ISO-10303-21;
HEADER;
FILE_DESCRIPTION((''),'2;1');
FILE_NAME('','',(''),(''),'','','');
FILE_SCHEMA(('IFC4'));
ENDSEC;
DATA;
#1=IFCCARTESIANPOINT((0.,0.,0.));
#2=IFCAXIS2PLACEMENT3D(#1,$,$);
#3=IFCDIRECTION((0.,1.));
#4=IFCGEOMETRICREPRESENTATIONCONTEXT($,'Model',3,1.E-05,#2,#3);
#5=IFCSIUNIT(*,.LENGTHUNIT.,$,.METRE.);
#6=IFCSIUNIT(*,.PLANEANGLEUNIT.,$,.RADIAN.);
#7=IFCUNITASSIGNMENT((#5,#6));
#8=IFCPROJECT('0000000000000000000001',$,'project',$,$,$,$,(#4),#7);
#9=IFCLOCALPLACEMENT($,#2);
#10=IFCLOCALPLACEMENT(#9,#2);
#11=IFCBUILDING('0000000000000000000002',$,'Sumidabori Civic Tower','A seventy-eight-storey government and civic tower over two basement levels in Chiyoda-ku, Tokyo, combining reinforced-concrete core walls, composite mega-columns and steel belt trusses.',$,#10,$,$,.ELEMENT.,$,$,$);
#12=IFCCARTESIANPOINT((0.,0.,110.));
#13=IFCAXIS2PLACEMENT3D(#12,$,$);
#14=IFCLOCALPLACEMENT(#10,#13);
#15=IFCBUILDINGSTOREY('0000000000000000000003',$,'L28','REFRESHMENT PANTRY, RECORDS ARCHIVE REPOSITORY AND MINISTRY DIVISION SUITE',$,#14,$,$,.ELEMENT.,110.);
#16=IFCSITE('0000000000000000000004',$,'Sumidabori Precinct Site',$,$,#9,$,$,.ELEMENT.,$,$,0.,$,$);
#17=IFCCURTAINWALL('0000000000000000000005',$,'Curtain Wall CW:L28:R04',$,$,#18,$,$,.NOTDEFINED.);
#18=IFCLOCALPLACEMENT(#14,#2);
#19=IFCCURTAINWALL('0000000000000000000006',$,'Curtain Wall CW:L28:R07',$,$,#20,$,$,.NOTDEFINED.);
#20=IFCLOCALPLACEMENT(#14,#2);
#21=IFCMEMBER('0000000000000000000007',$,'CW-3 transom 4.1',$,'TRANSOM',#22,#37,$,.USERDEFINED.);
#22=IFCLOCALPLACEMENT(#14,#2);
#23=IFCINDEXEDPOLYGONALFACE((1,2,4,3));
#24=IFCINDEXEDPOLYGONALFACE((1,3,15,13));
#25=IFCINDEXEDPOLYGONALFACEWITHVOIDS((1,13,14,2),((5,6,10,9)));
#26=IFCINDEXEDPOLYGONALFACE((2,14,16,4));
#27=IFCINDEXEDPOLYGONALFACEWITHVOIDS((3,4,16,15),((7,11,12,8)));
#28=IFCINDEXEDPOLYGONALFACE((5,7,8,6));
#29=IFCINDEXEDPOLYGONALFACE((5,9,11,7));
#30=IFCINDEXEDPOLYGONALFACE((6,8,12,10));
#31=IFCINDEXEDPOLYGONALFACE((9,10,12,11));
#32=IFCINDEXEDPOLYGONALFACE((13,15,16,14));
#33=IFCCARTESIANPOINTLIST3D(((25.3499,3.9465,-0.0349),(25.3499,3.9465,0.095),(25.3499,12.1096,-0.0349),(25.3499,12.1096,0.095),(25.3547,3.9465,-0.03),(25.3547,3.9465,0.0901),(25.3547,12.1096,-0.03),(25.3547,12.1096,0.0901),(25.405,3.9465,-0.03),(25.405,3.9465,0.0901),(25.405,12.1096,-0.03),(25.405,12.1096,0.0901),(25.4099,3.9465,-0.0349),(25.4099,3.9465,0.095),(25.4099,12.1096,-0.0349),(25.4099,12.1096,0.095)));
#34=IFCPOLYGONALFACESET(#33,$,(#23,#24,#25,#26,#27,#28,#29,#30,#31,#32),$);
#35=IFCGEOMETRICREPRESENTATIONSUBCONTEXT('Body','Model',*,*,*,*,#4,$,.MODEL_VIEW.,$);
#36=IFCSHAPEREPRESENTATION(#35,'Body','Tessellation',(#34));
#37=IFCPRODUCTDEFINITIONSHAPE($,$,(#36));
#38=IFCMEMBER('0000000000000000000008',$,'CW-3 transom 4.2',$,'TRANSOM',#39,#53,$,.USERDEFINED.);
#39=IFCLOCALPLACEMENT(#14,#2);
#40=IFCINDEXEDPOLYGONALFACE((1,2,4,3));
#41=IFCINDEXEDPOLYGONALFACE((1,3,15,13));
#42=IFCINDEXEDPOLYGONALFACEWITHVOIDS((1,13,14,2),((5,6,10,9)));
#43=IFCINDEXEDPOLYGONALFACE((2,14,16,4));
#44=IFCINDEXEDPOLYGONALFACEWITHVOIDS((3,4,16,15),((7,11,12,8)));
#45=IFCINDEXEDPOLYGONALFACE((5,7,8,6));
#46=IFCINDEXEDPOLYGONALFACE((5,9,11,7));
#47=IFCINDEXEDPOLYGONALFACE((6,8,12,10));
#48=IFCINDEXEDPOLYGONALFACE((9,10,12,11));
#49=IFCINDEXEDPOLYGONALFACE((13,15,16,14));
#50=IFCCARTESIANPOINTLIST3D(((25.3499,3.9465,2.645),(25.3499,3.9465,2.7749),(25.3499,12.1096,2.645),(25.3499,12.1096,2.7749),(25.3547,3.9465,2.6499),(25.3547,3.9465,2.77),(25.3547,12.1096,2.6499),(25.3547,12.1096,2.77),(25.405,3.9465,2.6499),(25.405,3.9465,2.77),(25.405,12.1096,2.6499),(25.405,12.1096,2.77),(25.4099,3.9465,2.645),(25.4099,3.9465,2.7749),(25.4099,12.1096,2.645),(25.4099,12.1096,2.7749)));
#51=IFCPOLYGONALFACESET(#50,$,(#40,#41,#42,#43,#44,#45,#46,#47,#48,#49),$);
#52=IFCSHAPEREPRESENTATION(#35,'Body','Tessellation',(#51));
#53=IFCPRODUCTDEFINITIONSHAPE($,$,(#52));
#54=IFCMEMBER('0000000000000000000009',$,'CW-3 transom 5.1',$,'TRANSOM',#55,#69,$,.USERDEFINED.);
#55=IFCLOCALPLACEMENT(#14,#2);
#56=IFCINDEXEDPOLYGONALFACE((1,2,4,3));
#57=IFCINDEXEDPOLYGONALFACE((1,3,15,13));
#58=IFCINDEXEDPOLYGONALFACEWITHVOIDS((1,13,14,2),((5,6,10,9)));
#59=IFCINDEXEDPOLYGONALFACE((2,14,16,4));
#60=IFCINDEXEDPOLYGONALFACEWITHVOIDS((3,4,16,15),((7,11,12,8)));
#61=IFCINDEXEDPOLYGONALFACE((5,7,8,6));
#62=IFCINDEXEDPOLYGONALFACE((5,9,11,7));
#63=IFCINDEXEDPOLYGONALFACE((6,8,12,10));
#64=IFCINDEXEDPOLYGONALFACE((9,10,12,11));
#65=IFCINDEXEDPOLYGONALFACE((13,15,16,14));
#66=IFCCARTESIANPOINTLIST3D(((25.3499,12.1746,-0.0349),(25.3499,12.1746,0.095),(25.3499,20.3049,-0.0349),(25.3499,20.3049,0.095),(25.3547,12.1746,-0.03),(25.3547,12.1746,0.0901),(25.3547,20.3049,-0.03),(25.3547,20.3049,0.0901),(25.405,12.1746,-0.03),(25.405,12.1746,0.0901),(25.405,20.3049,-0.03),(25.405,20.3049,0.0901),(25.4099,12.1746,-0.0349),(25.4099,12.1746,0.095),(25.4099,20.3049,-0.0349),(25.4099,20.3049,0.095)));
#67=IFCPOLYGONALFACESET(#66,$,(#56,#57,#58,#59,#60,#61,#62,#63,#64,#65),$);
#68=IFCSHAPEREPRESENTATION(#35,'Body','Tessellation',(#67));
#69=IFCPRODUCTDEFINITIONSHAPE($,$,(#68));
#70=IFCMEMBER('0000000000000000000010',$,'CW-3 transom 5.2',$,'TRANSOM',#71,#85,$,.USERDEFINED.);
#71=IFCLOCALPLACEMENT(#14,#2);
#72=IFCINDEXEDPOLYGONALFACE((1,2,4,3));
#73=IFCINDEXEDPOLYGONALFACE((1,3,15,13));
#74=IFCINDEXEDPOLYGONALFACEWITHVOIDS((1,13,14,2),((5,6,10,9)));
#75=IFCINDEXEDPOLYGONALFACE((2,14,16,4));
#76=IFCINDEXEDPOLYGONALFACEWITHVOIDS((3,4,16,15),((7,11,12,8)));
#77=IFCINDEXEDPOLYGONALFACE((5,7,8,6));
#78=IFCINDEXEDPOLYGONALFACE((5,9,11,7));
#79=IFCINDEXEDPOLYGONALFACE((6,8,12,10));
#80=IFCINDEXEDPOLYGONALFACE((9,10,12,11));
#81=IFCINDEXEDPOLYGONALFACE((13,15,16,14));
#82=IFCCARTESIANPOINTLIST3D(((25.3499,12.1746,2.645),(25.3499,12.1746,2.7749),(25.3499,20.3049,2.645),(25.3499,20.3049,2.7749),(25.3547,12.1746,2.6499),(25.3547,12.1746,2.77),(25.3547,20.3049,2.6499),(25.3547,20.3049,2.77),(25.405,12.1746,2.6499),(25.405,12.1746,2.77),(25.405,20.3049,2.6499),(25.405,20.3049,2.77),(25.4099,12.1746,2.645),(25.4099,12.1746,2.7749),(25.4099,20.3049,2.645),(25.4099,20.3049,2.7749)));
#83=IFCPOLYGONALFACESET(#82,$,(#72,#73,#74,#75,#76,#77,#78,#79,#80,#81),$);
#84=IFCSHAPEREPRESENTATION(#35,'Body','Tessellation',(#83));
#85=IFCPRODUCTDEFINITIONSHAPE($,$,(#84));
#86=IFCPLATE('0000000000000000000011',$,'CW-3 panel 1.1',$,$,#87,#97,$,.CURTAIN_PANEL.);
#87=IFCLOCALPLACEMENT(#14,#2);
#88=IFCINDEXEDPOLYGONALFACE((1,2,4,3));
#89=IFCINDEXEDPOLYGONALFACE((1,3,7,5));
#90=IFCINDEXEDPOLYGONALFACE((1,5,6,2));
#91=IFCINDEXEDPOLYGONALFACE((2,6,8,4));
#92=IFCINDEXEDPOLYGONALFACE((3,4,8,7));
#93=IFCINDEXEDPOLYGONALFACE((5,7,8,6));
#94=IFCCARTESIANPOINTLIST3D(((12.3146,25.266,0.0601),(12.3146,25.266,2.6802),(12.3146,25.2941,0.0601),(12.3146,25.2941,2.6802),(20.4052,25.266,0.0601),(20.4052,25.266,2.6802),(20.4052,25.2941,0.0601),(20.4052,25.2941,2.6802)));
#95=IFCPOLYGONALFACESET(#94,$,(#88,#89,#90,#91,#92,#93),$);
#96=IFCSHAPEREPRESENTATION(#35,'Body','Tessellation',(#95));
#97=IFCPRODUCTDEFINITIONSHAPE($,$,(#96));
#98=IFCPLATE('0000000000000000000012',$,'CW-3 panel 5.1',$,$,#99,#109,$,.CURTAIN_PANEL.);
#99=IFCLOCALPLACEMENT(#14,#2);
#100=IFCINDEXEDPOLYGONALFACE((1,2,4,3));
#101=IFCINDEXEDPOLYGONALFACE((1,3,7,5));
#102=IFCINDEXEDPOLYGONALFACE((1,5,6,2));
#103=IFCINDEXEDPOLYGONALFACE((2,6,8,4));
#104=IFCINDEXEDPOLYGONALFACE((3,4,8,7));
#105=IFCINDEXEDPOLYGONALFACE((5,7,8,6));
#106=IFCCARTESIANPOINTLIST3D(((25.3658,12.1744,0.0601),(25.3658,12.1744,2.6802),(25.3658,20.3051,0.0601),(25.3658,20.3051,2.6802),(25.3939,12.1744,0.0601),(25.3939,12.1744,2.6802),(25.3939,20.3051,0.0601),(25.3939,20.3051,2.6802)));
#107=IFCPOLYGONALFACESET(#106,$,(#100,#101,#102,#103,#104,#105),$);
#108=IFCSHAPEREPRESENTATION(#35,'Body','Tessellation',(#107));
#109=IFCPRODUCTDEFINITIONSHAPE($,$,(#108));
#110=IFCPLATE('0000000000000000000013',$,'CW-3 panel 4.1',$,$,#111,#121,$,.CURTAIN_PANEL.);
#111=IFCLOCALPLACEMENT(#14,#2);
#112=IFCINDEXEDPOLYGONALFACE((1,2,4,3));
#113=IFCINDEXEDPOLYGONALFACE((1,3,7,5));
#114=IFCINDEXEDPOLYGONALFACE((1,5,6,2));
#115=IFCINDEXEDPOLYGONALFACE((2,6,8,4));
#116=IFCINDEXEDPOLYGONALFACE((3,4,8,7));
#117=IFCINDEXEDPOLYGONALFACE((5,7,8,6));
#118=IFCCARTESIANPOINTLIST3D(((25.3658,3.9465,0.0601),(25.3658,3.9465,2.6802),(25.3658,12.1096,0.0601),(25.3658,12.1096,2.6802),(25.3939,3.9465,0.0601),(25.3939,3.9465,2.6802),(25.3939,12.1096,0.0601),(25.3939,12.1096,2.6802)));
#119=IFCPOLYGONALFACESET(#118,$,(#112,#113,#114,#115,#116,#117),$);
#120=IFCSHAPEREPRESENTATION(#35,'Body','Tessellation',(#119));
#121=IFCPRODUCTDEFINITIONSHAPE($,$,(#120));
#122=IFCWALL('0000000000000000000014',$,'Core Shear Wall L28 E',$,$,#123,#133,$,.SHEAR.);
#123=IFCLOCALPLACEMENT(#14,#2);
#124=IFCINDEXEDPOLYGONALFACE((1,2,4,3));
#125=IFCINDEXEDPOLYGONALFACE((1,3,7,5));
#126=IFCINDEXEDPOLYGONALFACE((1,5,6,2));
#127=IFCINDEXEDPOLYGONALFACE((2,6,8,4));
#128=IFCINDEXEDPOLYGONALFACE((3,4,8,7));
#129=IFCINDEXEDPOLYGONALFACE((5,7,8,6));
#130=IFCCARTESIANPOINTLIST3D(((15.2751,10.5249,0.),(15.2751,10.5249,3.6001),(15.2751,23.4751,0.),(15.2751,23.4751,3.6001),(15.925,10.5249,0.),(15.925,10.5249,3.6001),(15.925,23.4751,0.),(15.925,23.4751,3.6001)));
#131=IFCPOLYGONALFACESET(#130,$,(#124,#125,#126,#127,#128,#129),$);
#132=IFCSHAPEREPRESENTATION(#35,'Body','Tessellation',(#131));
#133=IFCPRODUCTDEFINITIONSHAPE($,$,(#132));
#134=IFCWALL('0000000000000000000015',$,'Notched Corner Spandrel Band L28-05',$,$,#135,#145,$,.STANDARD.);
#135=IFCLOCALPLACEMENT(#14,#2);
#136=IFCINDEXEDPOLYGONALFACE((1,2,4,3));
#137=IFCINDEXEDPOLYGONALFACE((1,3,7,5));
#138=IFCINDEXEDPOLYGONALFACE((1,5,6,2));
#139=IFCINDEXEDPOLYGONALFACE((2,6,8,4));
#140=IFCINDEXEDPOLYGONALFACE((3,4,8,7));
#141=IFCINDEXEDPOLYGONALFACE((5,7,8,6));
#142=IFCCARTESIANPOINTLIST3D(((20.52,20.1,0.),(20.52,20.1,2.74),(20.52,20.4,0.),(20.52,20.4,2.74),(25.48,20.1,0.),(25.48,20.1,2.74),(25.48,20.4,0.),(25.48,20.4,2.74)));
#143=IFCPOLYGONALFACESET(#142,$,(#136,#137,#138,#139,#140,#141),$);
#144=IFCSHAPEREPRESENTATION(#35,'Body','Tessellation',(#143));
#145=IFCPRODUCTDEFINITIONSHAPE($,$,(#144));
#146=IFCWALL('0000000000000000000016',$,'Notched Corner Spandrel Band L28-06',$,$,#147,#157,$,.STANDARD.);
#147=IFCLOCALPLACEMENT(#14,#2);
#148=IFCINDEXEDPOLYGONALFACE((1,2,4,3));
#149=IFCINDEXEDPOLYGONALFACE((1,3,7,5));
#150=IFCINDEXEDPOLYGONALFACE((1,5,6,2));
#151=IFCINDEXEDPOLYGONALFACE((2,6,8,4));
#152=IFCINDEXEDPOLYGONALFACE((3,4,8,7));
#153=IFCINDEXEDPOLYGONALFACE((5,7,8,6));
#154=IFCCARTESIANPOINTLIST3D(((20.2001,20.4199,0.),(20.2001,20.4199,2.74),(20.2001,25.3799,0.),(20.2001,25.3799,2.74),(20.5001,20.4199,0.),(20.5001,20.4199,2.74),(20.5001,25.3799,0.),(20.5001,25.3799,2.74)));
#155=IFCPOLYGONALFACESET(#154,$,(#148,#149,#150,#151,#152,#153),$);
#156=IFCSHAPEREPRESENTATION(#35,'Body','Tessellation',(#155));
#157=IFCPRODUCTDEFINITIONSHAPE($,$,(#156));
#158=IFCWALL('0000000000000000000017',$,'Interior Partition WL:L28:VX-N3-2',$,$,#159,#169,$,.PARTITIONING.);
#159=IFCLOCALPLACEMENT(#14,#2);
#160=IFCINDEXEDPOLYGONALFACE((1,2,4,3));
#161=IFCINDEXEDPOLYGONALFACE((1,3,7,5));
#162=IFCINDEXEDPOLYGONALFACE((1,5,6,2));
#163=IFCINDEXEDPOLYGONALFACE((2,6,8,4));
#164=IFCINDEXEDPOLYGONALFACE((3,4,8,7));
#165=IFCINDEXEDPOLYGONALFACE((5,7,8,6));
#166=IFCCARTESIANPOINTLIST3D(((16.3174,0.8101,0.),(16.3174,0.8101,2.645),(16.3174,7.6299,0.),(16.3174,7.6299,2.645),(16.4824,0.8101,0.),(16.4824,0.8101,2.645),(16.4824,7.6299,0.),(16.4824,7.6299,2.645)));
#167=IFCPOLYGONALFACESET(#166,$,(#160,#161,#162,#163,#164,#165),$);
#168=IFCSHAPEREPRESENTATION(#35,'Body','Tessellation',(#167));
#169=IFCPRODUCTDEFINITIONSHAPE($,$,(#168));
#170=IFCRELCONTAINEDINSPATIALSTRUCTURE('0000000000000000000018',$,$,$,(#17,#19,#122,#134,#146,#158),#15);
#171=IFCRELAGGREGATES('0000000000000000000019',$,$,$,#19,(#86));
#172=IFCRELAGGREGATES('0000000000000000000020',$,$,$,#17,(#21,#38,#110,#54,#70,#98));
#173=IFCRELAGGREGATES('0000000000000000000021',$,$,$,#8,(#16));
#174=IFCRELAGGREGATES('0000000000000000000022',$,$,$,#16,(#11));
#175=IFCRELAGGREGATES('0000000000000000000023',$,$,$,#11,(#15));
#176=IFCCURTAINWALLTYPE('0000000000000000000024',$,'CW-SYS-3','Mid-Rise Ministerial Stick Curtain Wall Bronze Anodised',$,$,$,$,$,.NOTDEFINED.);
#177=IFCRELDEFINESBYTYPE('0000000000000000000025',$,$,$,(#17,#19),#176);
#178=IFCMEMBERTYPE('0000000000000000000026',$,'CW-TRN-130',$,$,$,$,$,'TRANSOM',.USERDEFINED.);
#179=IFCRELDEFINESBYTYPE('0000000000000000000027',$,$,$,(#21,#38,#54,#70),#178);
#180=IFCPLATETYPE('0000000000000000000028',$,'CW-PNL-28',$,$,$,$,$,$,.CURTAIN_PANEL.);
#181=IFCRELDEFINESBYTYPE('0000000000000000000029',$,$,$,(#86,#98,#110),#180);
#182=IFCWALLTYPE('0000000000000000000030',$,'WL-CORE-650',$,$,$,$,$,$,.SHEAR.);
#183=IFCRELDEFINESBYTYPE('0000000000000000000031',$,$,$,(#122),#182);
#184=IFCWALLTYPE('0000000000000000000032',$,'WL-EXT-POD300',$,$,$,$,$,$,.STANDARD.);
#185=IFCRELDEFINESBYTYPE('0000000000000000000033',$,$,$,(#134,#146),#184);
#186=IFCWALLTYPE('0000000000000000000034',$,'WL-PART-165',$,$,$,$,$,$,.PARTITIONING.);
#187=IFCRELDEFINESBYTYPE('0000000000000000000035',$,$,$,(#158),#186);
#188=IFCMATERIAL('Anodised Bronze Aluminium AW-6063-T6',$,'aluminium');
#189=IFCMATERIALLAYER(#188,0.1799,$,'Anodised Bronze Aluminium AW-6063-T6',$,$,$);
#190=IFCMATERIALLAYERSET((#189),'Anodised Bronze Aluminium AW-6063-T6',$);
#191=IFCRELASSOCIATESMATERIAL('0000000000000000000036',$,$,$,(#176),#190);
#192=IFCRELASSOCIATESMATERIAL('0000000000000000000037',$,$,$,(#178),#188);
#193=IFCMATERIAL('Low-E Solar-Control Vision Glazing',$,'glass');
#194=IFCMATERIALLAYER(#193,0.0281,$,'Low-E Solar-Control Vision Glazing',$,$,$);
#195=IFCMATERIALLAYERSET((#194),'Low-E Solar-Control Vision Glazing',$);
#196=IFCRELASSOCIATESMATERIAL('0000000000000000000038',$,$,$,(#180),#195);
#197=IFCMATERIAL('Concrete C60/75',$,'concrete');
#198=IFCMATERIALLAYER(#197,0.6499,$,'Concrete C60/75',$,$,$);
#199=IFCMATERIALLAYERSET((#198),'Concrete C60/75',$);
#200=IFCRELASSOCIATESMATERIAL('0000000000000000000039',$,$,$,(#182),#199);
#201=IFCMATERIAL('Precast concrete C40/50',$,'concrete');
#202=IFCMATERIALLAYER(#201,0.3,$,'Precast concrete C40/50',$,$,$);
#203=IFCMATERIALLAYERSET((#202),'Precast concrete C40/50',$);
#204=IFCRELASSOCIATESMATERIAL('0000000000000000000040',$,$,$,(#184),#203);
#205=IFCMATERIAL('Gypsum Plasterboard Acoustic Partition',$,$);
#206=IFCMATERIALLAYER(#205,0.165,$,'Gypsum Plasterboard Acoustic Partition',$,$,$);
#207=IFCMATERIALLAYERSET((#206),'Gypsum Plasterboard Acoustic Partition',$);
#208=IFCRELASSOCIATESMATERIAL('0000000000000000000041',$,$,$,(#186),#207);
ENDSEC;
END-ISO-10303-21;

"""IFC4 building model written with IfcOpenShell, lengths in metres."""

from ifc_helpers import new_model, si_unit, direction, frame, frame_2d, origin, origin_2d, place, context, subcontext, project, spatial, rectangle, hollow_rectangle, extrude, source, transform, mapped, material, layer, layer_set, material_profile, profile_set, type_object, element, aggregate, save


model = new_model("IFC4")

# Units and contexts
model_context = context("Model", 3, precision=1e-05, world=origin(), true_north=direction((0.0, 1.0)))
body_context = subcontext(model_context, "Body", "Model", "MODEL_VIEW")
ifc_project = project(units=[si_unit("LENGTHUNIT", "METRE"), si_unit("PLANEANGLEUNIT", "RADIAN")], contexts=[model_context])

# Site, building, storey
site_placement = place(None, origin())
site = spatial("IfcSite", under=ifc_project, at=site_placement, Name="Sumidabori Precinct Site", CompositionType="ELEMENT", RefElevation=0.0)
building_placement = place(site_placement, origin())
building = spatial("IfcBuilding", under=site, at=building_placement, Name="Sumidabori Civic Tower", Description="A seventy-eight-storey government and civic tower over two basement levels in Chiyoda-ku, Tokyo, combining reinforced-concrete core walls, composite mega-columns and steel belt trusses.", CompositionType="ELEMENT")
storey_placement = place(building_placement, frame((0.0, 0.0, 110.0)))
storey = spatial("IfcBuildingStorey", under=building, at=storey_placement, Name="L28", Description="REFRESHMENT PANTRY, RECORDS ARCHIVE REPOSITORY AND MINISTRY DIVISION SUITE", CompositionType="ELEMENT", Elevation=110.0)

# Shared definitions
ifc_material_1 = material(Name="Concrete C60/75", Category="concrete")

# Curtain walls
ifc_material_2 = material(Name="Anodised Bronze Aluminium AW-6063-T6", Category="aluminium")
ifc_layer_1 = layer(ifc_material_2, 0.1799, Name="Anodised Bronze Aluminium AW-6063-T6")
ifc_layer_set_1 = layer_set([ifc_layer_1], Name="Anodised Bronze Aluminium AW-6063-T6")
curtain_wall_type = type_object("IfcCurtainWallType", Name="CW-SYS-3", Description="Mid-Rise Ministerial Stick Curtain Wall Bronze Anodised", PredefinedType="NOTDEFINED", material=ifc_layer_set_1)
curtain_wall_1_placement = place(storey_placement, origin())
curtain_wall_1 = element("IfcCurtainWall", 1, at=curtain_wall_1_placement, inside=storey, type_object=curtain_wall_type, Name="Curtain Wall CW:L28:R04", PredefinedType="NOTDEFINED")
curtain_wall_2_placement = place(storey_placement, origin())
curtain_wall_2 = element("IfcCurtainWall", 2, at=curtain_wall_2_placement, inside=storey, type_object=curtain_wall_type, Name="Curtain Wall CW:L28:R07", PredefinedType="NOTDEFINED")
ifc_material_profile_1 = material_profile(ifc_material_2, hollow_rectangle(XDim=0.0601, YDim=0.1299, WallThickness=0.0049, at=origin_2d()), Name="ALU TRANSOM 130x60")
ifc_profile_set_1 = profile_set([ifc_material_profile_1], Name="Anodised Bronze Aluminium AW-6063-T6")
member_type_1 = type_object("IfcMemberType", Name="CW-TRN-130", ElementType="TRANSOM", PredefinedType="USERDEFINED", material=ifc_profile_set_1)

# Members
shared_shape_1 = source(origin(), body_context, "Body", "SweptSolid", [
    extrude(hollow_rectangle(XDim=0.0601, YDim=0.1299, WallThickness=0.0049, at=origin_2d()), origin(), (0.0, 0.0, 1.0), 8.1631),
])
member_1_placement = place(storey_placement, frame((25.3799, 3.9465, 0.03), z_axis=(0.0, 1.0, 0.0), x_axis=(-1.0, 0.0, 0.0)))
member_1 = element("IfcMember", 3, at=member_1_placement, type_object=member_type_1, Name="CW-3 transom 4.1", ObjectType="TRANSOM", PredefinedType="USERDEFINED", context=body_context, shape_type="MappedRepresentation", body=[
    mapped(shared_shape_1, transform((0.0, 0.0, 0.0), x_axis=(1.0, 0.0, 0.0), y_axis=(0.0, 1.0, 0.0), z_axis=(0.0, 0.0, 1.0), scale=1.0)),
])
member_2_placement = place(storey_placement, frame((25.3799, 3.9465, 2.71), z_axis=(0.0, 1.0, 0.0), x_axis=(-1.0, 0.0, 0.0)))
member_2 = element("IfcMember", 4, at=member_2_placement, type_object=member_type_1, Name="CW-3 transom 4.2", ObjectType="TRANSOM", PredefinedType="USERDEFINED", context=body_context, shape_type="MappedRepresentation", body=[
    mapped(shared_shape_1, transform((0.0, 0.0, 0.0), x_axis=(1.0, 0.0, 0.0), y_axis=(0.0, 1.0, 0.0), z_axis=(0.0, 0.0, 1.0), scale=1.0)),
])
shared_shape_2 = source(origin(), body_context, "Body", "SweptSolid", [
    extrude(hollow_rectangle(XDim=0.0601, YDim=0.1299, WallThickness=0.0049, at=origin_2d()), origin(), (0.0, 0.0, 1.0), 8.1304),
])
member_3_placement = place(storey_placement, frame((25.3799, 12.1746, 0.03), z_axis=(0.0, 1.0, 0.0), x_axis=(-1.0, 0.0, 0.0)))
member_3 = element("IfcMember", 5, at=member_3_placement, type_object=member_type_1, Name="CW-3 transom 5.1", ObjectType="TRANSOM", PredefinedType="USERDEFINED", context=body_context, shape_type="MappedRepresentation", body=[
    mapped(shared_shape_2, transform((0.0, 0.0, 0.0), x_axis=(1.0, 0.0, 0.0), y_axis=(0.0, 1.0, 0.0), z_axis=(0.0, 0.0, 1.0), scale=1.0)),
])
member_4_placement = place(storey_placement, frame((25.3799, 12.1746, 2.71), z_axis=(0.0, 1.0, 0.0), x_axis=(-1.0, 0.0, 0.0)))
member_4 = element("IfcMember", 6, at=member_4_placement, type_object=member_type_1, Name="CW-3 transom 5.2", ObjectType="TRANSOM", PredefinedType="USERDEFINED", context=body_context, shape_type="MappedRepresentation", body=[
    mapped(shared_shape_2, transform((0.0, 0.0, 0.0), x_axis=(1.0, 0.0, 0.0), y_axis=(0.0, 1.0, 0.0), z_axis=(0.0, 0.0, 1.0), scale=1.0)),
])

# Plates
ifc_material_3 = material(Name="Low-E Solar-Control Vision Glazing", Category="glass")
ifc_layer_2 = layer(ifc_material_3, 0.0281, Name="Low-E Solar-Control Vision Glazing")
ifc_layer_set_2 = layer_set([ifc_layer_2], Name="Low-E Solar-Control Vision Glazing")
plate_type = type_object("IfcPlateType", Name="CW-PNL-28", PredefinedType="CURTAIN_PANEL", material=ifc_layer_set_2)
shared_shape_3 = source(origin(), body_context, "Body", "SweptSolid", [
    extrude(rectangle(XDim=8.0906, YDim=0.0281, at=origin_2d()), origin(), (0.0, 0.0, 1.0), 2.6201),
])
plate_1_placement = place(storey_placement, frame((16.3599, 25.28, 0.0601), z_axis=(0.0, 0.0, 1.0), x_axis=(-1.0, 0.0, 0.0)))
plate_1 = element("IfcPlate", 7, at=plate_1_placement, type_object=plate_type, Name="CW-3 panel 1.1", PredefinedType="CURTAIN_PANEL", context=body_context, shape_type="MappedRepresentation", body=[
    mapped(shared_shape_3, transform((0.0, 0.0, 0.0), x_axis=(1.0, 0.0, 0.0), y_axis=(0.0, 1.0, 0.0), z_axis=(0.0, 0.0, 1.0), scale=1.0)),
])
aggregate(curtain_wall_2, [plate_1])
shared_shape_4 = source(origin(), body_context, "Body", "SweptSolid", [
    extrude(rectangle(XDim=8.1306, YDim=0.0281, at=origin_2d()), origin(), (0.0, 0.0, 1.0), 2.6201),
])
plate_2_placement = place(storey_placement, frame((25.3799, 16.2397, 0.0601), z_axis=(0.0, 0.0, 1.0), x_axis=(0.0, 1.0, 0.0)))
plate_2 = element("IfcPlate", 8, at=plate_2_placement, type_object=plate_type, Name="CW-3 panel 5.1", PredefinedType="CURTAIN_PANEL", context=body_context, shape_type="MappedRepresentation", body=[
    mapped(shared_shape_4, transform((0.0, 0.0, 0.0), x_axis=(1.0, 0.0, 0.0), y_axis=(0.0, 1.0, 0.0), z_axis=(0.0, 0.0, 1.0), scale=1.0)),
])
shared_shape_5 = source(origin(), body_context, "Body", "SweptSolid", [
    extrude(rectangle(XDim=8.1631, YDim=0.0281, at=origin_2d()), origin(), (0.0, 0.0, 1.0), 2.6201),
])
plate_3_placement = place(storey_placement, frame((25.3799, 8.0281, 0.0601), z_axis=(0.0, 0.0, 1.0), x_axis=(0.0, 1.0, 0.0)))
plate_3 = element("IfcPlate", 9, at=plate_3_placement, type_object=plate_type, Name="CW-3 panel 4.1", PredefinedType="CURTAIN_PANEL", context=body_context, shape_type="MappedRepresentation", body=[
    mapped(shared_shape_5, transform((0.0, 0.0, 0.0), x_axis=(1.0, 0.0, 0.0), y_axis=(0.0, 1.0, 0.0), z_axis=(0.0, 0.0, 1.0), scale=1.0)),
])
aggregate(curtain_wall_1, [member_1, member_2, plate_3, member_3, member_4, plate_2])

# Walls
ifc_layer_3 = layer(ifc_material_1, 0.6499, Name="Concrete C60/75")
ifc_layer_set_3 = layer_set([ifc_layer_3], Name="Concrete C60/75")
wall_type_1 = type_object("IfcWallType", Name="WL-CORE-650", PredefinedType="SHEAR", material=ifc_layer_set_3)
shared_shape_6 = source(origin(), body_context, "Body", "SweptSolid", [
    extrude(rectangle(XDim=12.9502, YDim=0.6499, at=frame_2d((6.4751, 0.0))), origin(), (0.0, 0.0, 1.0), 3.6001),
])
wall_1_placement = place(storey_placement, frame((15.6001, 10.5249, 0.0), z_axis=(0.0, 0.0, 1.0), x_axis=(0.0, 1.0, 0.0)))
element("IfcWall", 10, at=wall_1_placement, inside=storey, type_object=wall_type_1, Name="Core Shear Wall L28 E", PredefinedType="SHEAR", context=body_context, shape_type="MappedRepresentation", body=[
    mapped(shared_shape_6, transform((0.0, 0.0, 0.0), x_axis=(1.0, 0.0, 0.0), y_axis=(0.0, 1.0, 0.0), z_axis=(0.0, 0.0, 1.0), scale=1.0)),
])
ifc_material_4 = material(Name="Precast concrete C40/50", Category="concrete")
ifc_layer_4 = layer(ifc_material_4, 0.3, Name="Precast concrete C40/50")
ifc_layer_set_4 = layer_set([ifc_layer_4], Name="Precast concrete C40/50")
wall_type_2 = type_object("IfcWallType", Name="WL-EXT-POD300", PredefinedType="STANDARD", material=ifc_layer_set_4)
shared_shape_7 = source(origin(), body_context, "Body", "SweptSolid", [
    extrude(rectangle(XDim=4.96, YDim=0.3, at=frame_2d((2.48, 0.0))), origin(), (0.0, 0.0, 1.0), 2.74),
])
for number, where, z_axis, x_axis, name in (
    (11, (25.48, 20.25, 0.0), (0.0, 0.0, 1.0), (-1.0, 0.0, 0.0), "Notched Corner Spandrel Band L28-05"),
    (12, (20.3501, 20.4199, 0.0), (0.0, 0.0, 1.0), (0.0, 1.0, 0.0), "Notched Corner Spandrel Band L28-06"),
):
    element("IfcWall", number, at=place(storey_placement, frame(where, z_axis=z_axis, x_axis=x_axis)), inside=storey, type_object=wall_type_2, Name=name, PredefinedType="STANDARD", context=body_context, shape_type="MappedRepresentation", body=[
        mapped(shared_shape_7, transform((0.0, 0.0, 0.0), x_axis=(1.0, 0.0, 0.0), y_axis=(0.0, 1.0, 0.0), z_axis=(0.0, 0.0, 1.0), scale=1.0)),
    ])
ifc_material_5 = material(Name="Gypsum Plasterboard Acoustic Partition")
ifc_layer_5 = layer(ifc_material_5, 0.165, Name="Gypsum Plasterboard Acoustic Partition")
ifc_layer_set_5 = layer_set([ifc_layer_5], Name="Gypsum Plasterboard Acoustic Partition")
wall_type_3 = type_object("IfcWallType", Name="WL-PART-165", PredefinedType="PARTITIONING", material=ifc_layer_set_5)
shared_shape_8 = source(origin(), body_context, "Body", "SweptSolid", [
    extrude(rectangle(XDim=6.8198, YDim=0.165, at=frame_2d((3.4099, 0.0))), origin(), (0.0, 0.0, 1.0), 2.645),
])
wall_2_placement = place(storey_placement, frame((16.3999, 0.8101, 0.0), z_axis=(0.0, 0.0, 1.0), x_axis=(0.0, 1.0, 0.0)))
element("IfcWall", 13, at=wall_2_placement, inside=storey, type_object=wall_type_3, Name="Interior Partition WL:L28:VX-N3-2", PredefinedType="PARTITIONING", context=body_context, shape_type="MappedRepresentation", body=[
    mapped(shared_shape_8, transform((0.0, 0.0, 0.0), x_axis=(1.0, 0.0, 0.0), y_axis=(0.0, 1.0, 0.0), z_axis=(0.0, 0.0, 1.0), scale=1.0)),
])

save(model, "model.ifc")
